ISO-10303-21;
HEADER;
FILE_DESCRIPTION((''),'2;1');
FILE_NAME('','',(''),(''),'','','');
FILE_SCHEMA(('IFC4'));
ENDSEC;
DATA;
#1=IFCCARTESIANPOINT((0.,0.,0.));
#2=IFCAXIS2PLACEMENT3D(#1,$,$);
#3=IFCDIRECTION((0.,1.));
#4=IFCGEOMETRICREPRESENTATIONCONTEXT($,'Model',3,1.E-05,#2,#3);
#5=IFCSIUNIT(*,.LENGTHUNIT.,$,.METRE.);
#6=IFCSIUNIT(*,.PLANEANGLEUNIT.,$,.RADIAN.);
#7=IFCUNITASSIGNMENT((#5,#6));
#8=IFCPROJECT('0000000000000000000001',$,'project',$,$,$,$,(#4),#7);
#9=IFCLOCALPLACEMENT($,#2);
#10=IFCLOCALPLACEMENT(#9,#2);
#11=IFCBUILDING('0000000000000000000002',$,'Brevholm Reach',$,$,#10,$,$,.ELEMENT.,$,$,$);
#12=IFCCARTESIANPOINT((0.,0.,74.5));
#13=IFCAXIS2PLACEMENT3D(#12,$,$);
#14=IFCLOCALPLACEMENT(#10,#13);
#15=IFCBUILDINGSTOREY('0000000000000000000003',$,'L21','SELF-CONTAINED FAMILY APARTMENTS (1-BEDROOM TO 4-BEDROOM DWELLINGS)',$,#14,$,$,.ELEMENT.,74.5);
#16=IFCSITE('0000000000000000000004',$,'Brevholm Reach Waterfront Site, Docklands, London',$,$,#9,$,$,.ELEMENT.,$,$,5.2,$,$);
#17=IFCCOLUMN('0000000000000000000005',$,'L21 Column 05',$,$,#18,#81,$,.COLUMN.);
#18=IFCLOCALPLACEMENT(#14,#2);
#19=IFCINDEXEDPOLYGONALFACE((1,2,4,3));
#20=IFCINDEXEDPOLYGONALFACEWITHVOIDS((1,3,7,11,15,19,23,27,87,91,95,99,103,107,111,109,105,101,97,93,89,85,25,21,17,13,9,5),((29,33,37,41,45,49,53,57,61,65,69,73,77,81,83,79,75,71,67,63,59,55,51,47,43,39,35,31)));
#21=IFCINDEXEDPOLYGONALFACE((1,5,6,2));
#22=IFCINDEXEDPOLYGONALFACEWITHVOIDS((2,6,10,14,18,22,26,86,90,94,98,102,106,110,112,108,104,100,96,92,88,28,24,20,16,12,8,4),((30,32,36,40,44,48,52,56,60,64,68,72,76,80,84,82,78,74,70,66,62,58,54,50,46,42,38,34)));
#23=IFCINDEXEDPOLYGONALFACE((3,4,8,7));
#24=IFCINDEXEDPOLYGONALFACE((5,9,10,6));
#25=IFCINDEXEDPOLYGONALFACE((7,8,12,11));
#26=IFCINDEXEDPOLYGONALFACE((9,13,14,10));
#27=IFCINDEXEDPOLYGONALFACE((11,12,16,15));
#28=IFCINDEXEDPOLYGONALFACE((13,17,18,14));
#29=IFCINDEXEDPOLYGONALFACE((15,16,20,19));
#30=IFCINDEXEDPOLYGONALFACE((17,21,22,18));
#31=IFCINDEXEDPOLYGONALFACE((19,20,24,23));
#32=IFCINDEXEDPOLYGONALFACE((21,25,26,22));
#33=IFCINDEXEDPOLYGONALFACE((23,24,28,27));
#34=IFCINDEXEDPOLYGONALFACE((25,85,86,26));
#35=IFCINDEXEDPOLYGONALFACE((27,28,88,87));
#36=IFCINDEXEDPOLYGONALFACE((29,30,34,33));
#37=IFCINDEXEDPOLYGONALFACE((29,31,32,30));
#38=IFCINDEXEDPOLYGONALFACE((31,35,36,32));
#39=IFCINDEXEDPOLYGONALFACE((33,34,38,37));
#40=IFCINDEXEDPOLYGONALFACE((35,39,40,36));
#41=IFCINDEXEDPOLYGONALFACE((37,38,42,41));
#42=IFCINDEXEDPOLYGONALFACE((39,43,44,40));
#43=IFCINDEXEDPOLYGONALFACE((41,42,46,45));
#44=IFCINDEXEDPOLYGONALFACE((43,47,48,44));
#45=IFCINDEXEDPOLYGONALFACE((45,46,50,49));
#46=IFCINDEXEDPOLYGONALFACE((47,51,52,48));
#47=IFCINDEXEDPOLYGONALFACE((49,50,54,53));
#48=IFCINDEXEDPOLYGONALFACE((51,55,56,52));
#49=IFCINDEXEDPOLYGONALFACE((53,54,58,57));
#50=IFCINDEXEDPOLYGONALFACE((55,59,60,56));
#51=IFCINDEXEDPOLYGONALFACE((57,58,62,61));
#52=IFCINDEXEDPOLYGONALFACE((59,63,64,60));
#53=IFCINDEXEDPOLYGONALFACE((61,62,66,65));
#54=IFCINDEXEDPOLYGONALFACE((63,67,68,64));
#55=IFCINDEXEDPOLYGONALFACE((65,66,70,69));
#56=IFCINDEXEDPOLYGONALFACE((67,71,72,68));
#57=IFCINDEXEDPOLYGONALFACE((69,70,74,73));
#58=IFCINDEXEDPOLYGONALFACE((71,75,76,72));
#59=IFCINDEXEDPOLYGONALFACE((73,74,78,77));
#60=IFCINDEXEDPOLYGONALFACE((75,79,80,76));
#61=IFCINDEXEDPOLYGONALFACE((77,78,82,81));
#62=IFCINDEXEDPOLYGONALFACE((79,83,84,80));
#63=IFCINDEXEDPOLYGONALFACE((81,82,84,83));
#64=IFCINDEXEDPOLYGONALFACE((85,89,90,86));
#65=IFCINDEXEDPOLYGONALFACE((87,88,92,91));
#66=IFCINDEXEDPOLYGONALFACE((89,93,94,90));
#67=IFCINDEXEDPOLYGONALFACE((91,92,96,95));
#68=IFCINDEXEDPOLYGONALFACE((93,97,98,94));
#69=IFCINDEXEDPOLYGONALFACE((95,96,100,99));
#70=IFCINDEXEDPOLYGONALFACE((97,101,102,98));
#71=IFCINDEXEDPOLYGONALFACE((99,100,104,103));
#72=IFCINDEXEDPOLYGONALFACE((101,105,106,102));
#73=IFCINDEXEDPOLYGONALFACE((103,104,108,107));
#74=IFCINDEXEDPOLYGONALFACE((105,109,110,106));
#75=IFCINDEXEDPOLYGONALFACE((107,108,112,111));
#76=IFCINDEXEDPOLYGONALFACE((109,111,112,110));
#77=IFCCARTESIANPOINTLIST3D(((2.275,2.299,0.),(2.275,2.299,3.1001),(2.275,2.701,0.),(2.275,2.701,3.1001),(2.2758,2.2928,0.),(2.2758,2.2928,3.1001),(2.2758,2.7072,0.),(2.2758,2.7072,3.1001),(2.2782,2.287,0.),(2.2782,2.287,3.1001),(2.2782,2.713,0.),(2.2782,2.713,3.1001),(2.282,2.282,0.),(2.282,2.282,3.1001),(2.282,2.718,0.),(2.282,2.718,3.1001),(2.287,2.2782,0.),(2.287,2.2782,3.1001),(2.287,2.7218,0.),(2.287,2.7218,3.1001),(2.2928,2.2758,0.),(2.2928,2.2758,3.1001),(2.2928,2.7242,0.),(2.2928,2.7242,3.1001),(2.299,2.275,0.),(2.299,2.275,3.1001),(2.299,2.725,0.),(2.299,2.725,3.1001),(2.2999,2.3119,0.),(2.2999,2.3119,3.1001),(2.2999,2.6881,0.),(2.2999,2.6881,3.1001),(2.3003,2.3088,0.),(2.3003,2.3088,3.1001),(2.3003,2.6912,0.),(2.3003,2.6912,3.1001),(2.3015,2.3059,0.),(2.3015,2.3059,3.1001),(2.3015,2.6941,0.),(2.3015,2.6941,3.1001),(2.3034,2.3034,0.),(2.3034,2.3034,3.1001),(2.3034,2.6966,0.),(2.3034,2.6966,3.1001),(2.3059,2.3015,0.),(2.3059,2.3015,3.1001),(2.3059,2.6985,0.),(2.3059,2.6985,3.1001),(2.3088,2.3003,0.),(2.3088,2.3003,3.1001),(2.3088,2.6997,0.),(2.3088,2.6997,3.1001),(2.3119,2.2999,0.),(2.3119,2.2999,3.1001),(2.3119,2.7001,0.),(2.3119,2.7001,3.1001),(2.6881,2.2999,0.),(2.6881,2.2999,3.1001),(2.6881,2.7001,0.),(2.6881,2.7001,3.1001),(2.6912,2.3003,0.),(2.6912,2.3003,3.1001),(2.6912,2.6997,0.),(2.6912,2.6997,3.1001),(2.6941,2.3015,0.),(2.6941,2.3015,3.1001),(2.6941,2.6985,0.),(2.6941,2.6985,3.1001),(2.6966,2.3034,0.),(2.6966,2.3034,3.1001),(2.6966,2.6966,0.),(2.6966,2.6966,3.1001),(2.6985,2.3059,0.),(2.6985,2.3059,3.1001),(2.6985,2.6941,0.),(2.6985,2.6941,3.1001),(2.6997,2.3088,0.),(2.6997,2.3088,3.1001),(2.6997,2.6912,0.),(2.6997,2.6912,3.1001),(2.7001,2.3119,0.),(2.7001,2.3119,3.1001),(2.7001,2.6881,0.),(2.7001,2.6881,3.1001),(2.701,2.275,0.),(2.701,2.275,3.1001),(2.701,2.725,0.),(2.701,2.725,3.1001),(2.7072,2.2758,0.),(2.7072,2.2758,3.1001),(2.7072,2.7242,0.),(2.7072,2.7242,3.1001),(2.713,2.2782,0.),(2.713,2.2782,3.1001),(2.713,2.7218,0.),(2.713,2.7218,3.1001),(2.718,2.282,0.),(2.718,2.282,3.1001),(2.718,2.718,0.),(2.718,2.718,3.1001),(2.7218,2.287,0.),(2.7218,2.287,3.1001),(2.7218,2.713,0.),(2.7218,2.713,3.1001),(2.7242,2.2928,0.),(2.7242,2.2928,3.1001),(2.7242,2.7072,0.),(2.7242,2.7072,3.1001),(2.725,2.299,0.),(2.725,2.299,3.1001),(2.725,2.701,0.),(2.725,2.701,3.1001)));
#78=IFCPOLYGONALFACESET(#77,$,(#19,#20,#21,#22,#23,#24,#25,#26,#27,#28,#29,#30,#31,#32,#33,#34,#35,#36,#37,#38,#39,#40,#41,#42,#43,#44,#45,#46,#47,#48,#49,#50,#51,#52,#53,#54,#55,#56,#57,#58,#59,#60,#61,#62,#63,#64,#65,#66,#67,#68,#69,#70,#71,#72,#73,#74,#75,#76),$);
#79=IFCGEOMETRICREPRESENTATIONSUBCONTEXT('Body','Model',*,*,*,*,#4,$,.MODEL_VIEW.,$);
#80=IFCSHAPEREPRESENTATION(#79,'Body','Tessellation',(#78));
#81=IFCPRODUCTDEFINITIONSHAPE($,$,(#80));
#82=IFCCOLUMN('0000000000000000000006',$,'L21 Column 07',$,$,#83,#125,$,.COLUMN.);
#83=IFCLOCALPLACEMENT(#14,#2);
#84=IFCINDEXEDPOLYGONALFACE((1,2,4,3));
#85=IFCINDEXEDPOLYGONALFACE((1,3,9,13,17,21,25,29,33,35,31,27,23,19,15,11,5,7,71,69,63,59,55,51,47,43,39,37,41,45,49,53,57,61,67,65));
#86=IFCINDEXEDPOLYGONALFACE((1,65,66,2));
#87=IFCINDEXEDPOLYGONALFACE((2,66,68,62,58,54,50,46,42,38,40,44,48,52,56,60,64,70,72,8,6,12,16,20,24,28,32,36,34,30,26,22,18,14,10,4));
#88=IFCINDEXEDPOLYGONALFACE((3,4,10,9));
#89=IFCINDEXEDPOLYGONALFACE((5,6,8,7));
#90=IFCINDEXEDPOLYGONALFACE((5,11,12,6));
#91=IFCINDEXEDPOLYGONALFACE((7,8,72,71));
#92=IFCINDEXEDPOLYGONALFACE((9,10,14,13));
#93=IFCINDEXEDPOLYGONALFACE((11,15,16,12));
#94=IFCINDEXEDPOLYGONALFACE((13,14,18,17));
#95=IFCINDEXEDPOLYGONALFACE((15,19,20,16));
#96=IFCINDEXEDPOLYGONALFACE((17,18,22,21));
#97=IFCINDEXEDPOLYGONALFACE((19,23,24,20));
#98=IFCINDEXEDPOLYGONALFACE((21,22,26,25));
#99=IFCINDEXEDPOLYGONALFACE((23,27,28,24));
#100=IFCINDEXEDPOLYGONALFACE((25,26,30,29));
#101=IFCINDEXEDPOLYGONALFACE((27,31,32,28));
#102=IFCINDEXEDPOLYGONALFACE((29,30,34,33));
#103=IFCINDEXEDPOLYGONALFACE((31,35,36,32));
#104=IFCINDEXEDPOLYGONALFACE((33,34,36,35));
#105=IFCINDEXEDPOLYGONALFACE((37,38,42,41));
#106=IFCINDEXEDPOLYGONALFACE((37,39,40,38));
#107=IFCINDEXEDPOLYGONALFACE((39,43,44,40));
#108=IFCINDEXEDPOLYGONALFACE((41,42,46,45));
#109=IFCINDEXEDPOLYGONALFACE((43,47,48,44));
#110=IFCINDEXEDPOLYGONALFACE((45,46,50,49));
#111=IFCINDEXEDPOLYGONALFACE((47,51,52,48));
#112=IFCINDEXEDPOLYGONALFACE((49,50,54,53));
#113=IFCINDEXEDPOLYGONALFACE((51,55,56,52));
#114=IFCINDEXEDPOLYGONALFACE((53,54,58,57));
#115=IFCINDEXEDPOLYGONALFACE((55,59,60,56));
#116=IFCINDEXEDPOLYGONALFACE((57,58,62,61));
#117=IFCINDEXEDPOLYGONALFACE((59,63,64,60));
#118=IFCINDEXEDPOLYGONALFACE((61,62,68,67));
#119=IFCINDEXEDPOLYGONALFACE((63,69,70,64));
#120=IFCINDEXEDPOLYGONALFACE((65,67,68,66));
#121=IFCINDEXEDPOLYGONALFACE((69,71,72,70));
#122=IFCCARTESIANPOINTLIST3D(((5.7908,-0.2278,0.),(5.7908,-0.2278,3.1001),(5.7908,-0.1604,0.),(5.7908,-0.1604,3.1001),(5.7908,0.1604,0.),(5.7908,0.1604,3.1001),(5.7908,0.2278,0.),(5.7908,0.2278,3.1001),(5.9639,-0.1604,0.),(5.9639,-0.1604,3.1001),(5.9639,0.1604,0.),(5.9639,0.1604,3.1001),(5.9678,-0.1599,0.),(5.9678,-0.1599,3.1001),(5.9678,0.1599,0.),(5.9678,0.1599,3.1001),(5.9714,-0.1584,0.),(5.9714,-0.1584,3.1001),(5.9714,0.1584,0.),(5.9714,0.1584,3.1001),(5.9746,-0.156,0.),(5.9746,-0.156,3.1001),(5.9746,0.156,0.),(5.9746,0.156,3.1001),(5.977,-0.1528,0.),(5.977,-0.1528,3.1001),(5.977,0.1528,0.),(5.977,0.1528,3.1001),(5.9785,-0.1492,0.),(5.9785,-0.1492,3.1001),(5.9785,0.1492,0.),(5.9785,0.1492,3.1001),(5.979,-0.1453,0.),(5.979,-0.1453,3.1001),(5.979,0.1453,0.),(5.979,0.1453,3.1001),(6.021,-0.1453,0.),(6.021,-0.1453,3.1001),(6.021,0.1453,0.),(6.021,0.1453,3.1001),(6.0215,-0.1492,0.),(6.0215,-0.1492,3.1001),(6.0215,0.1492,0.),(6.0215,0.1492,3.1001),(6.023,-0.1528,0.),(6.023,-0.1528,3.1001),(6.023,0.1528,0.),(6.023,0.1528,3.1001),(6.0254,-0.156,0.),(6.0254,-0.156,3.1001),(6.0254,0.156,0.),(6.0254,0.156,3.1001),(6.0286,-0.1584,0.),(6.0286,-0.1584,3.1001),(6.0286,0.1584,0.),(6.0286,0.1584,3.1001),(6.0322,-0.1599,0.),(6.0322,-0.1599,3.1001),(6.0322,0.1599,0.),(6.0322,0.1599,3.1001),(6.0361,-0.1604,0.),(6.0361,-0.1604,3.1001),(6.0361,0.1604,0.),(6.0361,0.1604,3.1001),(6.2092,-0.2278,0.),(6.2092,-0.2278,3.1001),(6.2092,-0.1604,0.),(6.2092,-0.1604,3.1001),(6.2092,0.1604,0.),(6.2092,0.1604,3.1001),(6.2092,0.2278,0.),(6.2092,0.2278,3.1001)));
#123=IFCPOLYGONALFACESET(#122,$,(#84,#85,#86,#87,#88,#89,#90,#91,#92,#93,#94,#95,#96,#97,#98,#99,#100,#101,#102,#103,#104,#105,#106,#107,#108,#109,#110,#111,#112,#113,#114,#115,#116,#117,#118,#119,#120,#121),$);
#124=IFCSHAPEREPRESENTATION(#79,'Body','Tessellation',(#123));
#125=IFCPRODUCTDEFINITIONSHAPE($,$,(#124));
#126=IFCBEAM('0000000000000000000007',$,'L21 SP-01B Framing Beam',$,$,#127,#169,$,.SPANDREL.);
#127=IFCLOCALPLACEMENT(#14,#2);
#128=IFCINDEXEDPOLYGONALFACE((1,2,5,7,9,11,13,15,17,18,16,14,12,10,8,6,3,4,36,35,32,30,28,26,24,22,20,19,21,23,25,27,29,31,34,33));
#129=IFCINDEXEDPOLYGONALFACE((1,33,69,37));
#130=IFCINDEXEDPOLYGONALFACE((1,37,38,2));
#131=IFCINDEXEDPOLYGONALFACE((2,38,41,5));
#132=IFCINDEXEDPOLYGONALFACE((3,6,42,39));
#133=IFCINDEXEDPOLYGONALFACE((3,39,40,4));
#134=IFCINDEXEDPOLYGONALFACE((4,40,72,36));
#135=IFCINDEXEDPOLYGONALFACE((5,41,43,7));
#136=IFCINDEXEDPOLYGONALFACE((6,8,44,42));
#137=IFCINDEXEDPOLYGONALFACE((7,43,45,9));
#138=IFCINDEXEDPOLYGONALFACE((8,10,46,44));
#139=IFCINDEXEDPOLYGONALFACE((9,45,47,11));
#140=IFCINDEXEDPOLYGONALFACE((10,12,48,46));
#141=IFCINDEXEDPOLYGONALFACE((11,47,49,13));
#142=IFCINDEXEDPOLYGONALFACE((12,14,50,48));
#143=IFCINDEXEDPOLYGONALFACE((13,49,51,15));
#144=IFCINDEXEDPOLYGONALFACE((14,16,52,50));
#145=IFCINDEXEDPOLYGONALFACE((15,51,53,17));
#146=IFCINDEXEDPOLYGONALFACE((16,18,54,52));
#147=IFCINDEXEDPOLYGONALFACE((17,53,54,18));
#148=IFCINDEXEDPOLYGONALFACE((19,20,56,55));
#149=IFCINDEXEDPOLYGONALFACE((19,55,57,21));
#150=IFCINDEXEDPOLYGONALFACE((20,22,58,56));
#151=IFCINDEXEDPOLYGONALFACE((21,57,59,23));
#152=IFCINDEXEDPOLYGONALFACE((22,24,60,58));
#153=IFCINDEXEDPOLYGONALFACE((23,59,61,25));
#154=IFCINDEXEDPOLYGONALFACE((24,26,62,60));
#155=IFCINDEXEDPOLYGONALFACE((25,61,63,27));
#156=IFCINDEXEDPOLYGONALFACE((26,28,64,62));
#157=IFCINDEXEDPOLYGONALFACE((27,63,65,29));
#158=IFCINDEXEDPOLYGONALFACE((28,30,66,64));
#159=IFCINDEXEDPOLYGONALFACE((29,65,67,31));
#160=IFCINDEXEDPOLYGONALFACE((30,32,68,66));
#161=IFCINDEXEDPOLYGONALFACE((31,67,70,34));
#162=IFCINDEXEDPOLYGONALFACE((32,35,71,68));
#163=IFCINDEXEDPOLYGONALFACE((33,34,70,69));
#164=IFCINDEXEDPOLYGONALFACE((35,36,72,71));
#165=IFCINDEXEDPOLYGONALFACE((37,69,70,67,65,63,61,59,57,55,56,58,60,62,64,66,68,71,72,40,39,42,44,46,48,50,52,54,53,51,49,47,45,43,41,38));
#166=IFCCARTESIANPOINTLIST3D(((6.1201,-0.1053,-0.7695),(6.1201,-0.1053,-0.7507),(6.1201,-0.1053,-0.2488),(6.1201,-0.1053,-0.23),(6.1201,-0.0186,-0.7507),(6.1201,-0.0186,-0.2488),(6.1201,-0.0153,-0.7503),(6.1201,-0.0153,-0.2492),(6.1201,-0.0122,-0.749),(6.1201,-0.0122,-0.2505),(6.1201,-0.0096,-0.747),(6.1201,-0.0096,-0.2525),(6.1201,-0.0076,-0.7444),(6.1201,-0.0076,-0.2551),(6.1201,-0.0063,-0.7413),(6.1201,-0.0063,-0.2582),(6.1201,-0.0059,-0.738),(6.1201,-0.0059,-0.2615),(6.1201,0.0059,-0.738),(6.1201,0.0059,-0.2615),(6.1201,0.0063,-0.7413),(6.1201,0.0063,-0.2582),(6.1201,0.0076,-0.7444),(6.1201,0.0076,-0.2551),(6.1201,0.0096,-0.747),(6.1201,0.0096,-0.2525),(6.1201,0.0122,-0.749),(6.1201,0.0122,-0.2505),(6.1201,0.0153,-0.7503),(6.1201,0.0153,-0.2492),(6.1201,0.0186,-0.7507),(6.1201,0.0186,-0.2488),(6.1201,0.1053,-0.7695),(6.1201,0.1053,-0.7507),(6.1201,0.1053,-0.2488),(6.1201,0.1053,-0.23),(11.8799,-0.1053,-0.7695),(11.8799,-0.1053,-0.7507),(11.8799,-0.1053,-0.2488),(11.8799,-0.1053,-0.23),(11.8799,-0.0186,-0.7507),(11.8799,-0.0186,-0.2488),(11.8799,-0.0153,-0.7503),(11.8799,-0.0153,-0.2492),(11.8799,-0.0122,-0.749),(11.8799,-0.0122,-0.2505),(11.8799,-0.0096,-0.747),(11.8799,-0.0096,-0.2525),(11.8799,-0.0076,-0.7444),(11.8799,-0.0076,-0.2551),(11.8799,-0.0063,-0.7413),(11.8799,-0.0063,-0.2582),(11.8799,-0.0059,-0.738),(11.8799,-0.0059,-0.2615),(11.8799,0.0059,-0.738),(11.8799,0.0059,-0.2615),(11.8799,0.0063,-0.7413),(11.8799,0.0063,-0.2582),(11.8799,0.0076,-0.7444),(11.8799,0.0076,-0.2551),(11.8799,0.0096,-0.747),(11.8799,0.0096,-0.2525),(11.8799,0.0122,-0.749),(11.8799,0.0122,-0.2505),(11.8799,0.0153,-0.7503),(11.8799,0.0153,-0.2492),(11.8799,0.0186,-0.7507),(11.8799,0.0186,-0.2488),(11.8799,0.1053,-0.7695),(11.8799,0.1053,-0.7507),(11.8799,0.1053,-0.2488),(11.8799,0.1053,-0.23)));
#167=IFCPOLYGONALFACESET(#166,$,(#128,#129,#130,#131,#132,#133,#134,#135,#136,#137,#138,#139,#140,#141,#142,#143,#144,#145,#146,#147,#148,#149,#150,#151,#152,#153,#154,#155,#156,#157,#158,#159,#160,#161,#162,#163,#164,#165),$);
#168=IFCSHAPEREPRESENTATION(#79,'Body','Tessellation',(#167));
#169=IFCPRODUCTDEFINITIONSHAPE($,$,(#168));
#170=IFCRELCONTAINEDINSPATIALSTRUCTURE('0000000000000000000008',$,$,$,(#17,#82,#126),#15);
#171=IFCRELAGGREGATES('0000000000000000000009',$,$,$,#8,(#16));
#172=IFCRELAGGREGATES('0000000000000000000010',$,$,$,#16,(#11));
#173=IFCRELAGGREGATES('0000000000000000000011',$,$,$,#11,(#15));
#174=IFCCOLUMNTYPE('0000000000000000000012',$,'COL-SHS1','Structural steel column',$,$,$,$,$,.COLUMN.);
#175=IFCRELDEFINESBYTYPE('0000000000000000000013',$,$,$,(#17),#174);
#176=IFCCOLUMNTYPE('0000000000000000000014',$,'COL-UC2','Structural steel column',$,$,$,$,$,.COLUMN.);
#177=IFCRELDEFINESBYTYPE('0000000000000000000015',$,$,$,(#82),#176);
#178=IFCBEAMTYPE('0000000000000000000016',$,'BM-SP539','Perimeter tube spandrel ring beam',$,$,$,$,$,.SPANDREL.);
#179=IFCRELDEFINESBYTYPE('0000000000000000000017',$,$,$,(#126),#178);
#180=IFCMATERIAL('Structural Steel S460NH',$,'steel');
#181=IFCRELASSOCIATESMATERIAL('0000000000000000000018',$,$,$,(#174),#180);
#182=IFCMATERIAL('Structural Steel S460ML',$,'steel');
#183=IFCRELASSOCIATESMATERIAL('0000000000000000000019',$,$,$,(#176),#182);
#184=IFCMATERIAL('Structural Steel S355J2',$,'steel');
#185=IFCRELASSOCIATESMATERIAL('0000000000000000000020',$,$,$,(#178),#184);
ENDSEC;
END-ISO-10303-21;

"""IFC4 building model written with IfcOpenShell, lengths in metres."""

from ifc_helpers import new_model, si_unit, direction, frame, origin, origin_2d, place, context, subcontext, project, spatial, hollow_rectangle, i_section, extrude, material, material_profile, profile_set, type_object, element, save


model = new_model("IFC4")

# Units and contexts
model_context = context("Model", 3, precision=1e-05, world=origin(), true_north=direction((0.0, 1.0)))
body_context = subcontext(model_context, "Body", "Model", "MODEL_VIEW")
ifc_project = project(units=[si_unit("LENGTHUNIT", "METRE"), si_unit("PLANEANGLEUNIT", "RADIAN")], contexts=[model_context])

# Site, building, storey
site_placement = place(None, origin())
site = spatial("IfcSite", under=ifc_project, at=site_placement, Name="Brevholm Reach Waterfront Site, Docklands, London", CompositionType="ELEMENT", RefElevation=5.2)
building_placement = place(site_placement, origin())
building = spatial("IfcBuilding", under=site, at=building_placement, Name="Brevholm Reach", CompositionType="ELEMENT")
storey_placement = place(building_placement, frame((0.0, 0.0, 74.5)))
storey = spatial("IfcBuildingStorey", under=building, at=storey_placement, Name="L21", Description="SELF-CONTAINED FAMILY APARTMENTS (1-BEDROOM TO 4-BEDROOM DWELLINGS)", CompositionType="ELEMENT", Elevation=74.5)

# Columns
ifc_material_1 = material(Name="Structural Steel S460NH", Category="steel")
ifc_material_profile_1 = material_profile(ifc_material_1, hollow_rectangle(XDim=0.45, YDim=0.45, WallThickness=0.0249, InnerFilletRadius=0.012, OuterFilletRadius=0.0239, at=origin_2d()), Name="SHS 450x450x25")
ifc_profile_set_1 = profile_set([ifc_material_profile_1], Name="Structural Steel S460NH")
column_type_1 = type_object("IfcColumnType", Name="COL-SHS1", Description="Structural steel column", PredefinedType="COLUMN", material=ifc_profile_set_1)
column_1_placement = place(storey_placement, frame((2.5, 2.5, 0.0), z_axis=(0.0, 0.0, 1.0), x_axis=(1.0, 0.0, 0.0)))
element("IfcColumn", 1, at=column_1_placement, inside=storey, type_object=column_type_1, Name="L21 Column 05", PredefinedType="COLUMN", context=body_context, shape_type="SweptSolid", body=[
    extrude(hollow_rectangle(XDim=0.45, YDim=0.45, WallThickness=0.0249, InnerFilletRadius=0.012, OuterFilletRadius=0.0239, at=origin_2d()), origin(), (0.0, 0.0, 1.0), 3.1001),
])
ifc_material_2 = material(Name="Structural Steel S460ML", Category="steel")
ifc_material_profile_2 = material_profile(ifc_material_2, i_section(OverallWidth=0.4185, OverallDepth=0.4556, WebThickness=0.042, FlangeThickness=0.0674, FilletRadius=0.0151, at=origin_2d()), Name="UKC 356x406x551")
ifc_profile_set_2 = profile_set([ifc_material_profile_2], Name="Structural Steel S460ML")
column_type_2 = type_object("IfcColumnType", Name="COL-UC2", Description="Structural steel column", PredefinedType="COLUMN", material=ifc_profile_set_2)
column_2_placement = place(storey_placement, frame((6.0, 0.0, 0.0), z_axis=(0.0, 0.0, 1.0), x_axis=(1.0, 0.0, 0.0)))
element("IfcColumn", 2, at=column_2_placement, inside=storey, type_object=column_type_2, Name="L21 Column 07", PredefinedType="COLUMN", context=body_context, shape_type="SweptSolid", body=[
    extrude(i_section(OverallWidth=0.4185, OverallDepth=0.4556, WebThickness=0.042, FlangeThickness=0.0674, FilletRadius=0.0151, at=origin_2d()), origin(), (0.0, 0.0, 1.0), 3.1001),
])

# Beam
ifc_material_3 = material(Name="Structural Steel S355J2", Category="steel")
ifc_material_profile_3 = material_profile(ifc_material_3, i_section(OverallWidth=0.2107, OverallDepth=0.5396, WebThickness=0.0117, FlangeThickness=0.0188, FilletRadius=0.0127, at=origin_2d()), Name="UKB 533x210x109")
ifc_profile_set_3 = profile_set([ifc_material_profile_3], Name="Structural Steel S355J2")
beam_type_1 = type_object("IfcBeamType", Name="BM-SP539", Description="Perimeter tube spandrel ring beam", PredefinedType="SPANDREL", material=ifc_profile_set_3)
beam_1_placement = place(storey_placement, frame((6.1201, 0.0, -0.4998), z_axis=(1.0, 0.0, 0.0), x_axis=(0.0, 1.0, 0.0)))
element("IfcBeam", 3, at=beam_1_placement, inside=storey, type_object=beam_type_1, Name="L21 SP-01B Framing Beam", PredefinedType="SPANDREL", context=body_context, shape_type="SweptSolid", body=[
    extrude(i_section(OverallWidth=0.2107, OverallDepth=0.5396, WebThickness=0.0117, FlangeThickness=0.0188, FilletRadius=0.0127, at=origin_2d()), origin(), (0.0, 0.0, 1.0), 5.7598),
])

save(model, "model.ifc")
